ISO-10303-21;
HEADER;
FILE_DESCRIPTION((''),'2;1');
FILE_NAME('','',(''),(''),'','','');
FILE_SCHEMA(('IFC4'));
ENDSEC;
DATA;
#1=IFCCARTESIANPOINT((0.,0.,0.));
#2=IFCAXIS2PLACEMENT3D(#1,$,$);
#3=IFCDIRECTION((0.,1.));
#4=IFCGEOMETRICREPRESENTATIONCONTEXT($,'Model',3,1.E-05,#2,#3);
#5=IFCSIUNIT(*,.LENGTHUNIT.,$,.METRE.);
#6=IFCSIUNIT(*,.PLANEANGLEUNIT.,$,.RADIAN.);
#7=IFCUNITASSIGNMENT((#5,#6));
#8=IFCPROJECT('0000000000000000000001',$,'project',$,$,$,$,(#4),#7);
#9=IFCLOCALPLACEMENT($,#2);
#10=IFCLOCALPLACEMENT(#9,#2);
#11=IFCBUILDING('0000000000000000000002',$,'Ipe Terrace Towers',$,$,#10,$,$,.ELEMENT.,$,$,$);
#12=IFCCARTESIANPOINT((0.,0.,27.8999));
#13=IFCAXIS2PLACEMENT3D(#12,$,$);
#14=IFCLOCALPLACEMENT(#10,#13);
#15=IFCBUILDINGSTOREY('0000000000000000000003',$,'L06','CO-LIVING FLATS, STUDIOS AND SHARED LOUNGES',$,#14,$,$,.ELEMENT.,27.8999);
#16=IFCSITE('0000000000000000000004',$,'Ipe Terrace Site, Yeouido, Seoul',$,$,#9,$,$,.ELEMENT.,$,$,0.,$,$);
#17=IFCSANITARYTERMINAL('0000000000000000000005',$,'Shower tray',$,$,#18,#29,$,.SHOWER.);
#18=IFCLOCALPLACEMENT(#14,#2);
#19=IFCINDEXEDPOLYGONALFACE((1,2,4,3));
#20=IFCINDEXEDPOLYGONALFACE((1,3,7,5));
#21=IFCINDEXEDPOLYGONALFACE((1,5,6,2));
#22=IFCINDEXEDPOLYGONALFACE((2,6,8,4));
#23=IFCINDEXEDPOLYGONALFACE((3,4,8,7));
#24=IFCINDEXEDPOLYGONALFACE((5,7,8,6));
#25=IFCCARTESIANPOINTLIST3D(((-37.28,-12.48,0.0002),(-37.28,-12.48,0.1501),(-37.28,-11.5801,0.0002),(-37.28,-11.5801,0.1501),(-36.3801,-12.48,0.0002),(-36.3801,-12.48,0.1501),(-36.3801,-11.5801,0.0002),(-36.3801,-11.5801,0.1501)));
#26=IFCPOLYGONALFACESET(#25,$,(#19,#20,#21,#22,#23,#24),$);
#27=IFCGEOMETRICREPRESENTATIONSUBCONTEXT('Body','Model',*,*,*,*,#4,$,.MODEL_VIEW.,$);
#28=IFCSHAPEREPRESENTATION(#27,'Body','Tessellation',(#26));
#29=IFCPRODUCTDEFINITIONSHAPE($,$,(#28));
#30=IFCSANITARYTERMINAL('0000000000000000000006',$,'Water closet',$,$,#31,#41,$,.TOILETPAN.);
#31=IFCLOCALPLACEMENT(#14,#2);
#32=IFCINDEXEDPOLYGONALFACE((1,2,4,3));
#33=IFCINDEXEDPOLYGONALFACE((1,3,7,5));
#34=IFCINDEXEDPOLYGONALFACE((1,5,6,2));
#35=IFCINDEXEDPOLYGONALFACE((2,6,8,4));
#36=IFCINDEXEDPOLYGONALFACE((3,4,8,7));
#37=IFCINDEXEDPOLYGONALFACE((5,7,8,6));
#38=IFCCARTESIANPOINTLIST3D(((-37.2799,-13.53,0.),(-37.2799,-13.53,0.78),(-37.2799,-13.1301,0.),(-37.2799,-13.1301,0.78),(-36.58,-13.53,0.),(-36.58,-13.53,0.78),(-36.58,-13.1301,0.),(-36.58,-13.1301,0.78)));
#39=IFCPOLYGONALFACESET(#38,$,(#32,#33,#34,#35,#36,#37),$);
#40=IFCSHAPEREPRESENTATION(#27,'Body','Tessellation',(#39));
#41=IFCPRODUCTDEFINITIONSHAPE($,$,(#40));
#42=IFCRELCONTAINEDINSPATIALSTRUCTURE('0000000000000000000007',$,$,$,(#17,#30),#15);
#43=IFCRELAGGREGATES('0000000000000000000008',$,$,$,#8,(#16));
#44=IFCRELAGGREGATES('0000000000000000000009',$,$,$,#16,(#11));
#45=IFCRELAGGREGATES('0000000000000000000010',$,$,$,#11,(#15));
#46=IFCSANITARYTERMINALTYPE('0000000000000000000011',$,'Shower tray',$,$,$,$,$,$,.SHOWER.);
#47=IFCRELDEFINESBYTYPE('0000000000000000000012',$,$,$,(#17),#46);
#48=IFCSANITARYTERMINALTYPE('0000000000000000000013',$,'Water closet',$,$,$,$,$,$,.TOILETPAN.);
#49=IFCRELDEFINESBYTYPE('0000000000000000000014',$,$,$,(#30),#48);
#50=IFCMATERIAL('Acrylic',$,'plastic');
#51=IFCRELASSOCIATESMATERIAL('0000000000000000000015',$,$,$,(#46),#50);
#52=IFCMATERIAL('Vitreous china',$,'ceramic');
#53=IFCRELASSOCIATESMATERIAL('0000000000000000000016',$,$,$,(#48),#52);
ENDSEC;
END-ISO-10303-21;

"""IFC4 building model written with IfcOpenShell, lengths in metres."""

from ifc_helpers import new_model, si_unit, direction, frame, origin, origin_2d, place, context, subcontext, project, spatial, rectangle, extrude, material, type_object, element, save


model = new_model("IFC4")

# Units and contexts
model_context = context("Model", 3, precision=1e-05, world=origin(), true_north=direction((0.0, 1.0)))
body_context = subcontext(model_context, "Body", "Model", "MODEL_VIEW")
ifc_project = project(units=[si_unit("LENGTHUNIT", "METRE"), si_unit("PLANEANGLEUNIT", "RADIAN")], contexts=[model_context])

# Site, building, storey
site_placement = place(None, origin())
site = spatial("IfcSite", under=ifc_project, at=site_placement, Name="Ipe Terrace Site, Yeouido, Seoul", CompositionType="ELEMENT", RefElevation=0.0)
building_placement = place(site_placement, origin())
building = spatial("IfcBuilding", under=site, at=building_placement, Name="Ipe Terrace Towers", CompositionType="ELEMENT")
storey_placement = place(building_placement, frame((0.0, 0.0, 27.8999)))
storey = spatial("IfcBuildingStorey", under=building, at=storey_placement, Name="L06", Description="CO-LIVING FLATS, STUDIOS AND SHARED LOUNGES", CompositionType="ELEMENT", Elevation=27.8999)

# Sanitary terminals
ifc_material_1 = material(Name="Acrylic", Category="plastic")
sanitary_terminal_type_1 = type_object("IfcSanitaryTerminalType", Name="Shower tray", PredefinedType="SHOWER", material=ifc_material_1)
sanitary_terminal_1_placement = place(storey_placement, frame((-36.8301, -12.03, 0.0002), z_axis=(0.0, 0.0, 1.0), x_axis=(1.0, 0.0, 0.0)))
element("IfcSanitaryTerminal", 1, at=sanitary_terminal_1_placement, inside=storey, type_object=sanitary_terminal_type_1, Name="Shower tray", PredefinedType="SHOWER", context=body_context, shape_type="SweptSolid", body=[
    extrude(rectangle(XDim=0.8999, YDim=0.8999, at=origin_2d()), origin(), (0.0, 0.0, 1.0), 0.1499),
])
ifc_material_2 = material(Name="Vitreous china", Category="ceramic")
sanitary_terminal_type_2 = type_object("IfcSanitaryTerminalType", Name="Water closet", PredefinedType="TOILETPAN", material=ifc_material_2)
sanitary_terminal_2_placement = place(storey_placement, frame((-36.9299, -13.3301, 0.0), z_axis=(0.0, 0.0, 1.0), x_axis=(1.0, 0.0, 0.0)))
element("IfcSanitaryTerminal", 2, at=sanitary_terminal_2_placement, inside=storey, type_object=sanitary_terminal_type_2, Name="Water closet", PredefinedType="TOILETPAN", context=body_context, shape_type="SweptSolid", body=[
    extrude(rectangle(XDim=0.7, YDim=0.3999, at=origin_2d()), origin(), (0.0, 0.0, 1.0), 0.78),
])

save(model, "model.ifc")
